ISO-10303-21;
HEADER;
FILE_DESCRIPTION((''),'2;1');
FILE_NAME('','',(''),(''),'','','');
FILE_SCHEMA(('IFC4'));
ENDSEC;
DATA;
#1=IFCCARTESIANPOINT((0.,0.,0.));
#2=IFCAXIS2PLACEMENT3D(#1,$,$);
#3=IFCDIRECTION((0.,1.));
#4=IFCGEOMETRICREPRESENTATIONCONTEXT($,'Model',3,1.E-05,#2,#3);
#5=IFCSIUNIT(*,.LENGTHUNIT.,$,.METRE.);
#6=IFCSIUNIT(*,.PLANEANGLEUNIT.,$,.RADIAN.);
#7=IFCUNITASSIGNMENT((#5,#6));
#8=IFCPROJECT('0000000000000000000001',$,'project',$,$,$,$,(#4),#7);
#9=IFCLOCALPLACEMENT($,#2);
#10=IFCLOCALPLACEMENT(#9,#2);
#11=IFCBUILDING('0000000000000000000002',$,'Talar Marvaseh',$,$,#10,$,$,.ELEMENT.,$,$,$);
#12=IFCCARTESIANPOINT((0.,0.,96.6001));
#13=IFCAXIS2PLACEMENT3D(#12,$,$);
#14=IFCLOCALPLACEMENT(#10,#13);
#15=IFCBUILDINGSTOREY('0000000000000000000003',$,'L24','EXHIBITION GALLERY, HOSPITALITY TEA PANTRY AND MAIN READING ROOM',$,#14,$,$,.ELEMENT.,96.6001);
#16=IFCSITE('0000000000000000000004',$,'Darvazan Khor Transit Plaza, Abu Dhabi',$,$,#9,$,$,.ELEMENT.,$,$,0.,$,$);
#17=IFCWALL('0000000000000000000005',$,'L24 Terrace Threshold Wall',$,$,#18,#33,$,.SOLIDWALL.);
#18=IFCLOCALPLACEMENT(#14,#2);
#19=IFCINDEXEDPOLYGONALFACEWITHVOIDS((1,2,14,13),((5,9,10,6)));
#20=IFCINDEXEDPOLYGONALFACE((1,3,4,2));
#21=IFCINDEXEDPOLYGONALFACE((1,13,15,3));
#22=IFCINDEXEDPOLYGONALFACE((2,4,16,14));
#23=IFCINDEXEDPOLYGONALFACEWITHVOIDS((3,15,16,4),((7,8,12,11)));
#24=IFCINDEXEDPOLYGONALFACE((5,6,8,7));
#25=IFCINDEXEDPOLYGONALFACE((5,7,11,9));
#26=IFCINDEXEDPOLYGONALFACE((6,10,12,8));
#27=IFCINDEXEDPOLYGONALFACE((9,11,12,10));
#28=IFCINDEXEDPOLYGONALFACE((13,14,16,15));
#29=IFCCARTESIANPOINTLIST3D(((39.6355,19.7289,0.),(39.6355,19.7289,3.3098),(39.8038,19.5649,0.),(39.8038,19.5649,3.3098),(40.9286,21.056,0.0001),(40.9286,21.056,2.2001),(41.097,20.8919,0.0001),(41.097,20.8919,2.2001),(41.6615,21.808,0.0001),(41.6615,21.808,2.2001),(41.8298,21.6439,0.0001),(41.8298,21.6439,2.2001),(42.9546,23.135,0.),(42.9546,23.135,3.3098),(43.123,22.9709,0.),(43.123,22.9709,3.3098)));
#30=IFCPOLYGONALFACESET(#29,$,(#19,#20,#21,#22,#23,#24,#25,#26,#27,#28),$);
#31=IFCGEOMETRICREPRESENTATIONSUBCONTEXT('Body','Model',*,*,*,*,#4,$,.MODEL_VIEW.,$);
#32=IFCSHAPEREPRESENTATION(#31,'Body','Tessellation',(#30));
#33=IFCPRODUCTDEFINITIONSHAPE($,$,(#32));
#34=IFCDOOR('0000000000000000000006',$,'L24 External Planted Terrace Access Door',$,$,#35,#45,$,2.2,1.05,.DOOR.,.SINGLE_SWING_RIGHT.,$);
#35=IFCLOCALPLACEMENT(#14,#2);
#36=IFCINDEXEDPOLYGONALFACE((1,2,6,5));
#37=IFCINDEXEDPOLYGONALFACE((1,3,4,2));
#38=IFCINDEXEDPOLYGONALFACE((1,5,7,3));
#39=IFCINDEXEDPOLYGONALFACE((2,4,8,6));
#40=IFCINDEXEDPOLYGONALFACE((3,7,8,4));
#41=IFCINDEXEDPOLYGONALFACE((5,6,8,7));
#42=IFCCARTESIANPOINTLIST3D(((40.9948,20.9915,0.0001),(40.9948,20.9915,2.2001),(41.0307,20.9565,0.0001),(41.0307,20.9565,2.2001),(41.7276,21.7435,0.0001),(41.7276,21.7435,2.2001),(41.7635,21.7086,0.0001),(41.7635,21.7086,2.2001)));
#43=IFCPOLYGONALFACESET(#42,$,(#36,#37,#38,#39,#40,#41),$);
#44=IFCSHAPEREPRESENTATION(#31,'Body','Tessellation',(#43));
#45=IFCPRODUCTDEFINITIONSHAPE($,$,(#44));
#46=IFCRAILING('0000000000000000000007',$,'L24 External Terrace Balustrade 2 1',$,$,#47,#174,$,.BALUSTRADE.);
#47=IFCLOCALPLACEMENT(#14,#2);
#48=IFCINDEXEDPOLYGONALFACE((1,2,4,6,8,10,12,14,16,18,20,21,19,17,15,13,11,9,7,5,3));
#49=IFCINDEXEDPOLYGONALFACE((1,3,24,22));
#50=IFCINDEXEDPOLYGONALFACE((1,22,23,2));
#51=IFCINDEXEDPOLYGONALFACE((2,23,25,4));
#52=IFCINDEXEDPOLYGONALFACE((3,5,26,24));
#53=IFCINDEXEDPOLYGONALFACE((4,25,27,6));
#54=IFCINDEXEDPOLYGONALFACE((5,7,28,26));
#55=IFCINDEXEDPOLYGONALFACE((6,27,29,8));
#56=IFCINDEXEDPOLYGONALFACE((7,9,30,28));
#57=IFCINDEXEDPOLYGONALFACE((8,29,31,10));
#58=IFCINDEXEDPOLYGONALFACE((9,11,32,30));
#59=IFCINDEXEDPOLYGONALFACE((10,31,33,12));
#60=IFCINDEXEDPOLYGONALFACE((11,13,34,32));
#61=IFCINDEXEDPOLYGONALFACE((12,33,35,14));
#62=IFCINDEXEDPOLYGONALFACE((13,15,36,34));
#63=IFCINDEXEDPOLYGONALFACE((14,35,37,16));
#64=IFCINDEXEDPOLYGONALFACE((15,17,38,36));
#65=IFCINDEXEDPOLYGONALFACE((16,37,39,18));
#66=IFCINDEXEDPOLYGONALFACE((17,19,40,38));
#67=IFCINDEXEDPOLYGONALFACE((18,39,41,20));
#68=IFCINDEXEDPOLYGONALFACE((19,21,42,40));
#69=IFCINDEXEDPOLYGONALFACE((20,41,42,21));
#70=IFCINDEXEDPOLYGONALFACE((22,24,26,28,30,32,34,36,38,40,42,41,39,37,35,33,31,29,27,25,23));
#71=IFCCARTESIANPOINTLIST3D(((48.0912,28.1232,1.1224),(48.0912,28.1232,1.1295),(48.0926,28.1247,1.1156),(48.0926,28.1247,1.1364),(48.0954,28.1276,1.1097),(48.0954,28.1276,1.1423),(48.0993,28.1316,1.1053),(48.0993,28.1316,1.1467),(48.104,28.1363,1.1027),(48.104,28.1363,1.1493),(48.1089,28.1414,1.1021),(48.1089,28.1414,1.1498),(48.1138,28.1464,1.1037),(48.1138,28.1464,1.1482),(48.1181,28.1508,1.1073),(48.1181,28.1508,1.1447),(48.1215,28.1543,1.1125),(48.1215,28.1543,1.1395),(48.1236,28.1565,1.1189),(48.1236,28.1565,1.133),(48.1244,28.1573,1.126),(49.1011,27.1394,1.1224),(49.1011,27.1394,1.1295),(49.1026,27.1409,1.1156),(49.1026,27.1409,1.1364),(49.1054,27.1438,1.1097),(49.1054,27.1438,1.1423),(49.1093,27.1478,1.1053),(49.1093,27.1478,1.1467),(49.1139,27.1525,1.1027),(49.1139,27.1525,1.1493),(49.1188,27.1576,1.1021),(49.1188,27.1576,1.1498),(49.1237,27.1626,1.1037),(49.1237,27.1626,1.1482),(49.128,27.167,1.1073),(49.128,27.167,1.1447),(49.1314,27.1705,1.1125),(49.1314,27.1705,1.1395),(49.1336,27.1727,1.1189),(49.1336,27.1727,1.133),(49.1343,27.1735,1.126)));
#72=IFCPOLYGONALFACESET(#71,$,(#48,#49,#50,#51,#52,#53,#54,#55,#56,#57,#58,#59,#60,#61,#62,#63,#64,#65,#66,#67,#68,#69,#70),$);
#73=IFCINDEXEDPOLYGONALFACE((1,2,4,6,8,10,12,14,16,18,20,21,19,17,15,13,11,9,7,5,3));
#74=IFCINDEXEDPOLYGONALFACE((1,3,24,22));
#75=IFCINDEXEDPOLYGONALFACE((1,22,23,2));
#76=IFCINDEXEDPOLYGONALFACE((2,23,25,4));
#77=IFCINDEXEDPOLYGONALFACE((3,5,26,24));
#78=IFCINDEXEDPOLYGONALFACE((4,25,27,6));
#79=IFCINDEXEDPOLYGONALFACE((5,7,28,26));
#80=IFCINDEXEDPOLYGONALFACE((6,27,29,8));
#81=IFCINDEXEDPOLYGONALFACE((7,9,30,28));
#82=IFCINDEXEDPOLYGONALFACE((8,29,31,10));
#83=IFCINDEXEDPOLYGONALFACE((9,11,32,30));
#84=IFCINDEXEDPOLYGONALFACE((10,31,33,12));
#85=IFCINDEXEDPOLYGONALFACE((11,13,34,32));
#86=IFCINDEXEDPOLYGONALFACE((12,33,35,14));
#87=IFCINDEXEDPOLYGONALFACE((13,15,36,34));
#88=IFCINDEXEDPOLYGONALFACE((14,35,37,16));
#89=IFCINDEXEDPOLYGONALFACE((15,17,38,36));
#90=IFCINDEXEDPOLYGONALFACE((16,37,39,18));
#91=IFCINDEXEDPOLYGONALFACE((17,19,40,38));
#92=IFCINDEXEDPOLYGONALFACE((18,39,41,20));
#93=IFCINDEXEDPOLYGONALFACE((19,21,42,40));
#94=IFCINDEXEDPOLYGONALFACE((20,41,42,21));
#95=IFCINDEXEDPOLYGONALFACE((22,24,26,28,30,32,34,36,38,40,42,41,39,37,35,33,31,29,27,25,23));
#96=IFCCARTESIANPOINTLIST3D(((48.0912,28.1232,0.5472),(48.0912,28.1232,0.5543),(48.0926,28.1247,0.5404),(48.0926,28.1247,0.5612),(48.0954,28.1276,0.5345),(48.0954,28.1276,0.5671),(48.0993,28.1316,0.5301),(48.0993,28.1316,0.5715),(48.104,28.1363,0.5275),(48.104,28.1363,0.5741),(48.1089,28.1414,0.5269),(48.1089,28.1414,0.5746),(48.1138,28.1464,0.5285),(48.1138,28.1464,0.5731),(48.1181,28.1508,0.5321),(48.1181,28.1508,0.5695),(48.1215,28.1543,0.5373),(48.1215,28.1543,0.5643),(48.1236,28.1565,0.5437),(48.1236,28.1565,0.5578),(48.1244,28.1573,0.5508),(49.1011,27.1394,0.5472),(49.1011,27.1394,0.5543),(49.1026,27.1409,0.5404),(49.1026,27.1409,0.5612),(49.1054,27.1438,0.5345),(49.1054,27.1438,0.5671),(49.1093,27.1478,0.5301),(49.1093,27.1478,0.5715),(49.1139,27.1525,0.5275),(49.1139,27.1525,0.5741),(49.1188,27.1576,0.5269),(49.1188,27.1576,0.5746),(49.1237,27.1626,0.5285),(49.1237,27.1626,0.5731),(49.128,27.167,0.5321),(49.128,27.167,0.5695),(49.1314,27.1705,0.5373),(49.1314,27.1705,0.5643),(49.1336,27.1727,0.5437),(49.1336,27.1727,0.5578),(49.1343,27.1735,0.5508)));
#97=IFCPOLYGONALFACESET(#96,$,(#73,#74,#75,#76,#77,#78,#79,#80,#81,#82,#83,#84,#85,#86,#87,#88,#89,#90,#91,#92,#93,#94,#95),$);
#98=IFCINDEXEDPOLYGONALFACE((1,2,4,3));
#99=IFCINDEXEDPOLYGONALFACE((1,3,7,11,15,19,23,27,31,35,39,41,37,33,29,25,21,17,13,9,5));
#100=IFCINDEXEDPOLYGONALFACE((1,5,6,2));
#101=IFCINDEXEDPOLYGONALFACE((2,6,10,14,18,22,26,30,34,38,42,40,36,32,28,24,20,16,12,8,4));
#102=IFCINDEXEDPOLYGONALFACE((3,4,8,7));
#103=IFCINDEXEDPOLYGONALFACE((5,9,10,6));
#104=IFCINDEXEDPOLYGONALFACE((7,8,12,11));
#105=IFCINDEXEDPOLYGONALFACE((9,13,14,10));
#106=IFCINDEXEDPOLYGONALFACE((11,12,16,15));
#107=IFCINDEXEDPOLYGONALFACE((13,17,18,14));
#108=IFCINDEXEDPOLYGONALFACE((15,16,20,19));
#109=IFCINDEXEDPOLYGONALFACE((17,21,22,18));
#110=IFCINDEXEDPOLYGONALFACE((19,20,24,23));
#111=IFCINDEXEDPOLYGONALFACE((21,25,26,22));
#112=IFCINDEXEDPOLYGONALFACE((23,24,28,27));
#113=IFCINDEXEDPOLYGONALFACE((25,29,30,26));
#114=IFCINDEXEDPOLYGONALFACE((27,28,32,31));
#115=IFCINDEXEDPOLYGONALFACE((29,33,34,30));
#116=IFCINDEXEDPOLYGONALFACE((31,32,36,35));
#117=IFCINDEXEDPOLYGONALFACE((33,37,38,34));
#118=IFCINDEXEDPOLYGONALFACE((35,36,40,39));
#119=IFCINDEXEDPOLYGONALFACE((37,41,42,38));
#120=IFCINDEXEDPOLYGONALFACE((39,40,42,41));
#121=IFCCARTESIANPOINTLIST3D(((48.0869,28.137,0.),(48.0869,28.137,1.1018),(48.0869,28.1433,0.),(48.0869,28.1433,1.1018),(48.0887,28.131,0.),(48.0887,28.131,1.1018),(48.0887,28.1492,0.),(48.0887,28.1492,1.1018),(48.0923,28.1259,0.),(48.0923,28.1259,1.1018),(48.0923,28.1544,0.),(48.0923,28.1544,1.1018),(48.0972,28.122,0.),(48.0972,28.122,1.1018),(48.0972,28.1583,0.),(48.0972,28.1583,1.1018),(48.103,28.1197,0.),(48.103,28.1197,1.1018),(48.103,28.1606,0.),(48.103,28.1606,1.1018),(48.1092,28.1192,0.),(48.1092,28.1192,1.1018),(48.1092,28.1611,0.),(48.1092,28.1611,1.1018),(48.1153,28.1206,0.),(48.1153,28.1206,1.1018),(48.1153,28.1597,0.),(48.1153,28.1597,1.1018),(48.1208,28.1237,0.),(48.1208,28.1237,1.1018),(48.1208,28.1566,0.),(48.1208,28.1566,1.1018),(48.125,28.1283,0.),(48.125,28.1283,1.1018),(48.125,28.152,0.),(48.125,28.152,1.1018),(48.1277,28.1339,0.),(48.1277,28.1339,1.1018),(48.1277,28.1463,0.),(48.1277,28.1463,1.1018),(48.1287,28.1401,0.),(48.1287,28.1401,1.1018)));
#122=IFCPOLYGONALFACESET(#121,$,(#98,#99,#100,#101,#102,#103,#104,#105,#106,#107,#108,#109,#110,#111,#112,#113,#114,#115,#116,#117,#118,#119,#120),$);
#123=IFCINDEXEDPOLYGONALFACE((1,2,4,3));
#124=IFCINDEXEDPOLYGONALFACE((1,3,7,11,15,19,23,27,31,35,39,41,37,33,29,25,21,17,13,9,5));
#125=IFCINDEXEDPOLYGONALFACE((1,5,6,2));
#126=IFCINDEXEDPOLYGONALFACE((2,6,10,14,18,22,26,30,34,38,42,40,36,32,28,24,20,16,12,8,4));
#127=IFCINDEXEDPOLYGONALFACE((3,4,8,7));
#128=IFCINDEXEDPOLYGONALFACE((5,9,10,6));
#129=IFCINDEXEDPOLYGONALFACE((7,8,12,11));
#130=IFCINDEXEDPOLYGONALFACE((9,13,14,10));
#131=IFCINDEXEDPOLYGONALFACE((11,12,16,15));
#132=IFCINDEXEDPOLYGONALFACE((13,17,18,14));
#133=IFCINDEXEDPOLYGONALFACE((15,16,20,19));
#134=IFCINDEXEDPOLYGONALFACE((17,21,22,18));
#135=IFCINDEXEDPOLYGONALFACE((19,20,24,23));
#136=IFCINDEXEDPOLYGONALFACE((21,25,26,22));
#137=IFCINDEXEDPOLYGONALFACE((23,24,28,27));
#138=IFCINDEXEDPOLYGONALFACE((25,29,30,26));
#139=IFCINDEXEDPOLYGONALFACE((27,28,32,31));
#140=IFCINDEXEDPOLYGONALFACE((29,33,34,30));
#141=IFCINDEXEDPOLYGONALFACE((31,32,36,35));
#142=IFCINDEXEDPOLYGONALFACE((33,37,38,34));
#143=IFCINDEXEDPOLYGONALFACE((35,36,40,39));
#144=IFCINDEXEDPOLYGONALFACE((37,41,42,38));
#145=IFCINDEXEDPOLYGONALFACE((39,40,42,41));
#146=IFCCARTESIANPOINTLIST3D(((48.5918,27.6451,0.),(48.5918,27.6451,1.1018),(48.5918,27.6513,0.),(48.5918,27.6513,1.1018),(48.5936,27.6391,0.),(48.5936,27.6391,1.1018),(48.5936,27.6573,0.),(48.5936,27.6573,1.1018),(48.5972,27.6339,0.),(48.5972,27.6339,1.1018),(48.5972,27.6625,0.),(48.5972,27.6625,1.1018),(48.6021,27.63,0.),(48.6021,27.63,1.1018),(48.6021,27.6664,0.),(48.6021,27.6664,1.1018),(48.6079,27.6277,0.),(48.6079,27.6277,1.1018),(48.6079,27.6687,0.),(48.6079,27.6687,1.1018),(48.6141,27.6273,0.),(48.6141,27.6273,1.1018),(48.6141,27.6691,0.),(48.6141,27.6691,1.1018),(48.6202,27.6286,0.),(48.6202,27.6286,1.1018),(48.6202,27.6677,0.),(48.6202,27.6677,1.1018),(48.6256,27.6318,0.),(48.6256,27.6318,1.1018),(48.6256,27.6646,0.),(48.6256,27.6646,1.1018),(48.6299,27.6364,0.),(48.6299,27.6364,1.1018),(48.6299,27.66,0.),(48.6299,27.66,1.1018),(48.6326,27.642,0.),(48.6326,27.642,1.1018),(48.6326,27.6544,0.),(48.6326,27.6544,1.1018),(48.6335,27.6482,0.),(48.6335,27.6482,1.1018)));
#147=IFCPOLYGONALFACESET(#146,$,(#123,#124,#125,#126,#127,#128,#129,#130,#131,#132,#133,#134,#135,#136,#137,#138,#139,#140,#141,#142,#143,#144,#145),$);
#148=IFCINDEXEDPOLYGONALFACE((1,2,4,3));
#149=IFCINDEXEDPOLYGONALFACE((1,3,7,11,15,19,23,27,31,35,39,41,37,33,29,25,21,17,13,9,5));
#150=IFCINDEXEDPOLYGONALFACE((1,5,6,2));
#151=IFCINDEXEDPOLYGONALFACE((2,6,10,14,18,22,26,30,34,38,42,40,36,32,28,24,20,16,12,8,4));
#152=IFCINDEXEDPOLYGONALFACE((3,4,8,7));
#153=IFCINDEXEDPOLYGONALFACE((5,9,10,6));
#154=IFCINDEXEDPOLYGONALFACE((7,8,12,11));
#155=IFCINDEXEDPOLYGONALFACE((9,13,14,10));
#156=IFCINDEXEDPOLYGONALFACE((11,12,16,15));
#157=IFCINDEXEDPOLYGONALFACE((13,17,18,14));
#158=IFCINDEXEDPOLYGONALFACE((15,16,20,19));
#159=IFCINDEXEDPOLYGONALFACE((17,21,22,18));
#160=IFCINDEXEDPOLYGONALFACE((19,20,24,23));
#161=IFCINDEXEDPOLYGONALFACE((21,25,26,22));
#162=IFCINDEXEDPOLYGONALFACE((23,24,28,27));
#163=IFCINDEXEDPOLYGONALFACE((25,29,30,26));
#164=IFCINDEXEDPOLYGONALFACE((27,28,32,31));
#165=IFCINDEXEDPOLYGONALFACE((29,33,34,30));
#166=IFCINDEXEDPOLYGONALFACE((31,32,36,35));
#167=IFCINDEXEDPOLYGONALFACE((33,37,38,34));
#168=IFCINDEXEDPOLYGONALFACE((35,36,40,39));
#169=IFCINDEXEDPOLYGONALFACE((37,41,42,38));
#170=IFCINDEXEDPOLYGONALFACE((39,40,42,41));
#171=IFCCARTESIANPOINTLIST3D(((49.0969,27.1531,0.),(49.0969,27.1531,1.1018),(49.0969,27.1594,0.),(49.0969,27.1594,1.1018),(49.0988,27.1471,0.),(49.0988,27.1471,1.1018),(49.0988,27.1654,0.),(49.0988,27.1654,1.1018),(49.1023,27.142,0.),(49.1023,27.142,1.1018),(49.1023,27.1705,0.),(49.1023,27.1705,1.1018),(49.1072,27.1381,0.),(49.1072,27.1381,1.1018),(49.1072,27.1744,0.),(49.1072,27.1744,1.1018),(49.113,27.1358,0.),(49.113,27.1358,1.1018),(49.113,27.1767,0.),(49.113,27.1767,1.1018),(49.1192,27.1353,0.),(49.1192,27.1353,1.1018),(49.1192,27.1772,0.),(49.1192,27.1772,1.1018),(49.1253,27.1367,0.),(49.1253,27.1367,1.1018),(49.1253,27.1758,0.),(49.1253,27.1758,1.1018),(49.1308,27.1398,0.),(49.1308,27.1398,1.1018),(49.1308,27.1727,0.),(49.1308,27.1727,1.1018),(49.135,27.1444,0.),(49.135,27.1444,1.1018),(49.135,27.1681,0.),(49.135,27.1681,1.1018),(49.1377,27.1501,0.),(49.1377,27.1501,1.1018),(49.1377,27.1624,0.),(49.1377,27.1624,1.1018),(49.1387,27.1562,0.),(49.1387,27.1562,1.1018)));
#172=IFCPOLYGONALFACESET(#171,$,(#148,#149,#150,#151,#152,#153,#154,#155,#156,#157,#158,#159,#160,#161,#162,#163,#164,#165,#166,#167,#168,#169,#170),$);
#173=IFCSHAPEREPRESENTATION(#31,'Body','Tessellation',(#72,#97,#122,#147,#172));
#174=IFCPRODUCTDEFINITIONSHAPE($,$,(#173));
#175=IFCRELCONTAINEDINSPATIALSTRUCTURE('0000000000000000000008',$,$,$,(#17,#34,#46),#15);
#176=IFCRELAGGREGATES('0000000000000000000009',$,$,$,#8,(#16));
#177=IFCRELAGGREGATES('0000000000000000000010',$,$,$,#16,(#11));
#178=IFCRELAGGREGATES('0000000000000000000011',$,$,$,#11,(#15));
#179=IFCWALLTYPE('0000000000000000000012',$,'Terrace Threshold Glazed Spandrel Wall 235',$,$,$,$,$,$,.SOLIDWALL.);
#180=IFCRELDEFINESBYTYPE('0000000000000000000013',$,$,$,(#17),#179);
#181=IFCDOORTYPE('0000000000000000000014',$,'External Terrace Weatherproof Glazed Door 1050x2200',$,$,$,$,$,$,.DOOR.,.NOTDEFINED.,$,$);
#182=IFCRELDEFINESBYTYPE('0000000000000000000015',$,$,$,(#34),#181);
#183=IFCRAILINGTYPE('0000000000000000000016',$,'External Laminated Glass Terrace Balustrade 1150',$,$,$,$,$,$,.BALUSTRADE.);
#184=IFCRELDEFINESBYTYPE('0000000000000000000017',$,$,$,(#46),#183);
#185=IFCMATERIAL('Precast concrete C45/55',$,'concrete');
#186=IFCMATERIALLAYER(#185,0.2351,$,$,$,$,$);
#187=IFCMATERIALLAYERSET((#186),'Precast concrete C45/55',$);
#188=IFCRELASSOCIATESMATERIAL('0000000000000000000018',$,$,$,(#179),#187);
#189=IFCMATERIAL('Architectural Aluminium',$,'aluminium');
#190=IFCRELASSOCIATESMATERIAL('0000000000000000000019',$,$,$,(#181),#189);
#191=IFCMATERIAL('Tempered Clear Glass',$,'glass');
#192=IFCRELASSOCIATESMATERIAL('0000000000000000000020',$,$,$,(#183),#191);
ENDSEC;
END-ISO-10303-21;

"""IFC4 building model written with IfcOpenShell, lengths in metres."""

from ifc_helpers import new_model, si_unit, direction, frame, frame_2d, origin, origin_2d, place, context, subcontext, project, spatial, rectangle, circle, extrude, source, transform, mapped, material, layer, layer_set, type_object, type_shapes, element, fill, save


model = new_model("IFC4")

# Units and contexts
model_context = context("Model", 3, precision=1e-05, world=origin(), true_north=direction((0.0, 1.0)))
body_context = subcontext(model_context, "Body", "Model", "MODEL_VIEW")
ifc_project = project(units=[si_unit("LENGTHUNIT", "METRE"), si_unit("PLANEANGLEUNIT", "RADIAN")], contexts=[model_context])

# Site, building, storey
site_placement = place(None, origin())
site = spatial("IfcSite", under=ifc_project, at=site_placement, Name="Darvazan Khor Transit Plaza, Abu Dhabi", CompositionType="ELEMENT", RefElevation=0.0)
building_placement = place(site_placement, origin())
building = spatial("IfcBuilding", under=site, at=building_placement, Name="Talar Marvaseh", CompositionType="ELEMENT")
storey_placement = place(building_placement, frame((0.0, 0.0, 96.6001)))
storey = spatial("IfcBuildingStorey", under=building, at=storey_placement, Name="L24", Description="EXHIBITION GALLERY, HOSPITALITY TEA PANTRY AND MAIN READING ROOM", CompositionType="ELEMENT", Elevation=96.6001)

# Shared definitions
ifc_material_1 = material(Name="Architectural Aluminium", Category="aluminium")

# Wall, opening, door
ifc_material_2 = material(Name="Precast concrete C45/55", Category="concrete")
ifc_layer_1 = layer(ifc_material_2, 0.2351)
ifc_layer_set_1 = layer_set([ifc_layer_1], Name="Precast concrete C45/55")
wall_type = type_object("IfcWallType", Name="Terrace Threshold Glazed Spandrel Wall 235", PredefinedType="SOLIDWALL", material=ifc_layer_set_1)
wall_placement = place(storey_placement, frame((43.0388, 23.053, 0.0), z_axis=(0.0, 0.0, 1.0), x_axis=(-0.69791, -0.716186, 0.0)))
wall = element("IfcWall", 1, at=wall_placement, inside=storey, type_object=wall_type, Name="L24 Terrace Threshold Wall", PredefinedType="SOLIDWALL", context=body_context, shape_type="SweptSolid", body=[
    extrude(rectangle(XDim=4.7559, YDim=0.2351, at=frame_2d((2.3779, 0.0))), origin(), (0.0, 0.0, 1.0), 3.3098),
])
opening_placement = place(wall_placement, frame((1.853, 0.0, 0.0)))
opening = element("IfcOpeningElement", 2, at=opening_placement, cuts=wall, PredefinedType="OPENING", context=body_context, shape_type="SweptSolid", body=[
    extrude(rectangle(XDim=1.05, YDim=2.2, at=frame_2d((0.5249, 1.1001))), frame((0.0, 0.1274, 0.0), z_axis=(0.0, -1.0, 0.0), x_axis=(1.0, 0.0, 0.0)), (0.0, 0.0, 1.0), 0.2551),
])
door_type = type_object("IfcDoorType", Name="External Terrace Weatherproof Glazed Door 1050x2200", OperationType="NOTDEFINED", PredefinedType="DOOR", material=ifc_material_1)
shared_shape_1 = source(origin(), body_context, "Body", "SweptSolid", [
    extrude(rectangle(XDim=1.05, YDim=2.2, at=frame_2d((0.5249, 1.1001))), frame((0.0, 0.0249, 0.0), z_axis=(0.0, -1.0, 0.0), x_axis=(1.0, 0.0, 0.0)), (0.0, 0.0, 1.0), 0.05),
])
type_shapes(door_type, [shared_shape_1])
door_placement = place(opening_placement, origin())
door = element("IfcDoor", 3, at=door_placement, inside=storey, type_object=door_type, Name="L24 External Planted Terrace Access Door", OperationType="SINGLE_SWING_RIGHT", OverallHeight=2.2, OverallWidth=1.05, PredefinedType="DOOR", context=body_context, shape_type="MappedRepresentation", body=[
    mapped(shared_shape_1, transform((0.0, 0.0, 0.0), x_axis=(1.0, 0.0, 0.0), y_axis=(0.0, 1.0, 0.0), z_axis=(0.0, 0.0, 1.0), scale=1.0)),
])
fill(opening, door)

# Railing
ifc_material_3 = material(Name="Tempered Clear Glass", Category="glass")
railing_type = type_object("IfcRailingType", Name="External Laminated Glass Terrace Balustrade 1150", PredefinedType="BALUSTRADE", material=ifc_material_3)
railing_1_placement = place(storey_placement, frame((48.1077, 28.1401, 0.0)))
element("IfcRailing", 4, at=railing_1_placement, inside=storey, type_object=railing_type, Name="L24 External Terrace Balustrade 2 1", PredefinedType="BALUSTRADE", context=body_context, shape_type="SweptSolid", body=[
    extrude(circle(Radius=0.0239, at=origin_2d()), frame((0.0, 0.0, 1.126), z_axis=(0.716309, -0.697783, 0.0), x_axis=(0.697783, 0.716309, 0.0)), (0.0, 0.0, 1.0), 1.4099),
    extrude(circle(Radius=0.0239, at=origin_2d()), frame((0.0, 0.0, 0.5508), z_axis=(0.716309, -0.697783, 0.0), x_axis=(0.697783, 0.716309, 0.0)), (0.0, 0.0, 1.0), 1.4099),
    extrude(circle(Radius=0.021, at=origin_2d()), origin(), (0.0, 0.0, 1.0), 1.1018),
    extrude(circle(Radius=0.021, at=origin_2d()), frame((0.5049, -0.4919, 0.0)), (0.0, 0.0, 1.0), 1.1018),
    extrude(circle(Radius=0.021, at=origin_2d()), frame((1.01, -0.9839, 0.0)), (0.0, 0.0, 1.0), 1.1018),
])

save(model, "model.ifc")
